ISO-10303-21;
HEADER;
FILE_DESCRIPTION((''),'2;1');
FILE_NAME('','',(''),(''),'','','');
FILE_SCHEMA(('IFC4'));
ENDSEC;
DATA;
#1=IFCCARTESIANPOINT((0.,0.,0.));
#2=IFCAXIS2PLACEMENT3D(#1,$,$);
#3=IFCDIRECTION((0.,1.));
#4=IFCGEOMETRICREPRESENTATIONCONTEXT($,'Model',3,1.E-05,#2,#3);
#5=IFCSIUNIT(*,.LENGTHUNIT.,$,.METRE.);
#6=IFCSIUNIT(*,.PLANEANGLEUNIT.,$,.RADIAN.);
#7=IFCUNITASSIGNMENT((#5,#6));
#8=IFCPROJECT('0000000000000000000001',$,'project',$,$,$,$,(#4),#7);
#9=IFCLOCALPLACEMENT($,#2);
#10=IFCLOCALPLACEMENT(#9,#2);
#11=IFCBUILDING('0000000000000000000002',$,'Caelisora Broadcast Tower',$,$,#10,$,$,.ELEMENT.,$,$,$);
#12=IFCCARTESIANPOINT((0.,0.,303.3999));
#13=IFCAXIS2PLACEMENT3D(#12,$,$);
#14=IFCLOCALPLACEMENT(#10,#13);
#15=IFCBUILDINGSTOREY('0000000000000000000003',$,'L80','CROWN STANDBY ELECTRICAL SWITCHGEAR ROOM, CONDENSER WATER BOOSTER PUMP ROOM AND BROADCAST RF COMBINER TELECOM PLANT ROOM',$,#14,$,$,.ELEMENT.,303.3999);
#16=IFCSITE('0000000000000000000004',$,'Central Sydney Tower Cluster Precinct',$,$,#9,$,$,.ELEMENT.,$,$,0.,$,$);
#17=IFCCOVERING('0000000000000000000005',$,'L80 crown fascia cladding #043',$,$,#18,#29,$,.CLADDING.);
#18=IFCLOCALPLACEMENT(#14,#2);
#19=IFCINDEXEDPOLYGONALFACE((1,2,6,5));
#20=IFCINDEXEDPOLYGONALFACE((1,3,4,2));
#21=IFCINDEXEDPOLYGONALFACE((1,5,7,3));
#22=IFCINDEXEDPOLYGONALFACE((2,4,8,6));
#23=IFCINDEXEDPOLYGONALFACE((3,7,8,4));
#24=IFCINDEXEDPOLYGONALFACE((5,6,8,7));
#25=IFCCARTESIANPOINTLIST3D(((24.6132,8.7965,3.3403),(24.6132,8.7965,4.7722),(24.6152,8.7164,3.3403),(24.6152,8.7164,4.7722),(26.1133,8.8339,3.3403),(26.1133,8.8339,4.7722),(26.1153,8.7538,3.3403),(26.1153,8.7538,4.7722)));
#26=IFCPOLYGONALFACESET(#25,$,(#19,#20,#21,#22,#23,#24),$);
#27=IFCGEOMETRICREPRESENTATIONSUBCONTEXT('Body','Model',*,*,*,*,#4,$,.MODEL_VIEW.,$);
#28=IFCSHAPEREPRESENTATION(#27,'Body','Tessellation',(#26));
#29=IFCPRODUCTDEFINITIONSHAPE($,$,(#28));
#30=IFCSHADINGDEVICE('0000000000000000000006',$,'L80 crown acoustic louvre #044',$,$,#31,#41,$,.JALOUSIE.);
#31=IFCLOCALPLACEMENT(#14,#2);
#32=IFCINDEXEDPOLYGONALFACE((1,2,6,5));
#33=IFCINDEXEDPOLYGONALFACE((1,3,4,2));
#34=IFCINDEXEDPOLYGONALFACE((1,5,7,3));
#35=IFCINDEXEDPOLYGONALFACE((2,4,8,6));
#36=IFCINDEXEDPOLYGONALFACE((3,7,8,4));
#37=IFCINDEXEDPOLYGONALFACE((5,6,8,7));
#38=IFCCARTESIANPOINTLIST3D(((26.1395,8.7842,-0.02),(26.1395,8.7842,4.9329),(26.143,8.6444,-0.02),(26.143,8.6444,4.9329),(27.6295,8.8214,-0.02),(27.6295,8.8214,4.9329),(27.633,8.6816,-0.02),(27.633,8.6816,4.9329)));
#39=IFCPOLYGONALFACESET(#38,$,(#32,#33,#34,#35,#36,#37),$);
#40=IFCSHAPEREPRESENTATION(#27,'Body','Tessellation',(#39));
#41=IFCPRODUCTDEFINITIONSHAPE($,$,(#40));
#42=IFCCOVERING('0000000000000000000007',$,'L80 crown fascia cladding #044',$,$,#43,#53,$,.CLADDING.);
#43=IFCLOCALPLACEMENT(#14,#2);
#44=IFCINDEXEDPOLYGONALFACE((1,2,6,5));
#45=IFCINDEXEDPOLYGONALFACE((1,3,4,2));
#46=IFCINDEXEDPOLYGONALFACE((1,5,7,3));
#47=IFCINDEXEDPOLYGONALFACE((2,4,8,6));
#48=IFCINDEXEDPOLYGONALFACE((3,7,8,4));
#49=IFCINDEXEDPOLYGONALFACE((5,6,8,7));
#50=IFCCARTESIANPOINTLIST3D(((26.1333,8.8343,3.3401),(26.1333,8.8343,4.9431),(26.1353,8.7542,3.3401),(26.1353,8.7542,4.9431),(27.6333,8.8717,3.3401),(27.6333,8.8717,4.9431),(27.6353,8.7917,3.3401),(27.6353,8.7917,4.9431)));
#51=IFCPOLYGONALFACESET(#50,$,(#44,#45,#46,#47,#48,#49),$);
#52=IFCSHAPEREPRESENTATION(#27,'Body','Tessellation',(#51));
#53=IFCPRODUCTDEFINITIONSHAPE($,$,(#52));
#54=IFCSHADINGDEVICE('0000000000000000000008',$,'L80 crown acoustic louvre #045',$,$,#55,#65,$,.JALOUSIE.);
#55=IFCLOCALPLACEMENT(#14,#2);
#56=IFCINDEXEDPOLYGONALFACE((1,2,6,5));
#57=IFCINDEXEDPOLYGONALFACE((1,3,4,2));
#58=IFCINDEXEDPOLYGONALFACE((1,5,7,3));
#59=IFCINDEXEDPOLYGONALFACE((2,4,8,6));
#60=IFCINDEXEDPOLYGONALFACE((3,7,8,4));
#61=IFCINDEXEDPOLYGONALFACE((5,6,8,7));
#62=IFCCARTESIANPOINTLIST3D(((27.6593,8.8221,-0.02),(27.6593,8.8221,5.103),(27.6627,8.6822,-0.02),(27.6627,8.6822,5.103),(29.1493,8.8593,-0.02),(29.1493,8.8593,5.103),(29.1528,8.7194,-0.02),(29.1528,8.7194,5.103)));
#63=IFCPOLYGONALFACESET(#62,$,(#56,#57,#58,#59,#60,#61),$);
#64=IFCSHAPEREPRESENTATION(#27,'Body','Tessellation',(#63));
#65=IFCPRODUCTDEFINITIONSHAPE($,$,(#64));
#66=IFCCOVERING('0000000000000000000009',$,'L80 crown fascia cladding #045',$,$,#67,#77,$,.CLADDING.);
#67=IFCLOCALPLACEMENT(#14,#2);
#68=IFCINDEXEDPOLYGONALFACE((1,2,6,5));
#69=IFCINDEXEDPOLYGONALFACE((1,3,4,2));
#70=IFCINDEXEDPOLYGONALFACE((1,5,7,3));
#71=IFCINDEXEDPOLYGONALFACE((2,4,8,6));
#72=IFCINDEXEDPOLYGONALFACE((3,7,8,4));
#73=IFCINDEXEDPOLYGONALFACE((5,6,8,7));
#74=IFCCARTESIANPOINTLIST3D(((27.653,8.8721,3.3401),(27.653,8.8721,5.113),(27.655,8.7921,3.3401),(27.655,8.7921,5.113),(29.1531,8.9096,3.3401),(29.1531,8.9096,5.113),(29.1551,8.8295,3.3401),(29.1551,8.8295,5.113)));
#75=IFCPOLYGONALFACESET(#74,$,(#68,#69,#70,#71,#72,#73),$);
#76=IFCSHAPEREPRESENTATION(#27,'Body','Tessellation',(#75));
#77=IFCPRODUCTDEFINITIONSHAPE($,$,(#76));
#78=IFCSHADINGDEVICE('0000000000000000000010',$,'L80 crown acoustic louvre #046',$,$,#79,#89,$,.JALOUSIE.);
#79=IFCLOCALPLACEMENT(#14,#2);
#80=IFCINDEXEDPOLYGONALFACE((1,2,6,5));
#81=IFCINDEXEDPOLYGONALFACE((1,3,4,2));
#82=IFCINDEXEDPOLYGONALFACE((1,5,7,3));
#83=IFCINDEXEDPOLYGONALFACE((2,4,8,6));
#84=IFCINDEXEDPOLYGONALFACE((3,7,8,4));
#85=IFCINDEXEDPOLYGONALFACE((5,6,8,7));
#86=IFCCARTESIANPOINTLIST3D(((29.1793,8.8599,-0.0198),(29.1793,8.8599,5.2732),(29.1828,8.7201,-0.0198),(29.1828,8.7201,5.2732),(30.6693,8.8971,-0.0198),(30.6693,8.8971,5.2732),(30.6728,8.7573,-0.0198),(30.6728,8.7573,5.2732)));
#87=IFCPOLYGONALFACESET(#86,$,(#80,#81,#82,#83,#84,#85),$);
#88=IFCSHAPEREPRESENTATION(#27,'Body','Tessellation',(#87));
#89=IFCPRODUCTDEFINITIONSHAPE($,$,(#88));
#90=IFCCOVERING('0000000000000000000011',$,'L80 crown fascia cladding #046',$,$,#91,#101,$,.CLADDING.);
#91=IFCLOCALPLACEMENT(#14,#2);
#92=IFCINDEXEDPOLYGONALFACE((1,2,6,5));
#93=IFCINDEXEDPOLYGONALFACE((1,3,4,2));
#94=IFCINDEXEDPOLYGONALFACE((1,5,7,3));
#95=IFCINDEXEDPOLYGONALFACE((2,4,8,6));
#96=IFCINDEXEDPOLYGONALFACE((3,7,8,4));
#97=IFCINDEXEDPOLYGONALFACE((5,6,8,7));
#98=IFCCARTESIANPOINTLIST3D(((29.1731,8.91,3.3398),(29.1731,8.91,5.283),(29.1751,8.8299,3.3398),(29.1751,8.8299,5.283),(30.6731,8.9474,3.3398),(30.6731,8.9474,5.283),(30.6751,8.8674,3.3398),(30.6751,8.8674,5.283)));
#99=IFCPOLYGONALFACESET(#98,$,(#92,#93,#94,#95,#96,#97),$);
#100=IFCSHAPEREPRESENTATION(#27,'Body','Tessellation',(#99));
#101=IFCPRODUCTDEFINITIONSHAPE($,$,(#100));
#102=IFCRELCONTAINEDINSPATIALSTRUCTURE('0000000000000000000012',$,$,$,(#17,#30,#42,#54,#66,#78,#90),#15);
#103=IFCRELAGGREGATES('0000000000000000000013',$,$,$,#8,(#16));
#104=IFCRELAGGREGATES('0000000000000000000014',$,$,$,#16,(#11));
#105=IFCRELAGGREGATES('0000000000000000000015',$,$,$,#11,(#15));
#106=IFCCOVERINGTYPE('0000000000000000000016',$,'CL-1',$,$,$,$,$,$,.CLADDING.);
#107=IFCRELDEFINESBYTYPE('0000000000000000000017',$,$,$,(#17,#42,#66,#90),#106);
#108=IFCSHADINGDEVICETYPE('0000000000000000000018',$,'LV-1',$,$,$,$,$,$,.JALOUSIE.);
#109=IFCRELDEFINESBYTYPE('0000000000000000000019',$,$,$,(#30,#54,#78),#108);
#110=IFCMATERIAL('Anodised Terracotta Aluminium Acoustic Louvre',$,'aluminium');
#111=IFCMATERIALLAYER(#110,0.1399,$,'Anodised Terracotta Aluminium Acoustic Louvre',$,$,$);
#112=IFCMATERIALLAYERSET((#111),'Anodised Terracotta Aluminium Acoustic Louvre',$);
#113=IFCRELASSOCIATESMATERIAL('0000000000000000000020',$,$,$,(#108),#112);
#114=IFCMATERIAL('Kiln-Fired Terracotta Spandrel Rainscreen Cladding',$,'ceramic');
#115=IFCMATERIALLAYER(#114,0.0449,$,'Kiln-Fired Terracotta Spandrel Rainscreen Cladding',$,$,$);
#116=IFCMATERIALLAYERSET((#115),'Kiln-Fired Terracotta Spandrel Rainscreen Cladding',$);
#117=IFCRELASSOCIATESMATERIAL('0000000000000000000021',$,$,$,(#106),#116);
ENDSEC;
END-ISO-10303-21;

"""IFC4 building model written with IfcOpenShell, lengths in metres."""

from ifc_helpers import new_model, si_unit, direction, frame, origin, origin_2d, place, context, subcontext, project, spatial, rectangle, extrude, source, transform, mapped, material, layer, layer_set, type_object, element, save


model = new_model("IFC4")

# Units and contexts
model_context = context("Model", 3, precision=1e-05, world=origin(), true_north=direction((0.0, 1.0)))
body_context = subcontext(model_context, "Body", "Model", "MODEL_VIEW")
ifc_project = project(units=[si_unit("LENGTHUNIT", "METRE"), si_unit("PLANEANGLEUNIT", "RADIAN")], contexts=[model_context])

# Site, building, storey
site_placement = place(None, origin())
site = spatial("IfcSite", under=ifc_project, at=site_placement, Name="Central Sydney Tower Cluster Precinct", CompositionType="ELEMENT", RefElevation=0.0)
building_placement = place(site_placement, origin())
building = spatial("IfcBuilding", under=site, at=building_placement, Name="Caelisora Broadcast Tower", CompositionType="ELEMENT")
storey_placement = place(building_placement, frame((0.0, 0.0, 303.3999)))
storey = spatial("IfcBuildingStorey", under=building, at=storey_placement, Name="L80", Description="CROWN STANDBY ELECTRICAL SWITCHGEAR ROOM, CONDENSER WATER BOOSTER PUMP ROOM AND BROADCAST RF COMBINER TELECOM PLANT ROOM", CompositionType="ELEMENT", Elevation=303.3999)

# Shared definitions
ifc_material_1 = material(Name="Anodised Terracotta Aluminium Acoustic Louvre", Category="aluminium")
ifc_layer_1 = layer(ifc_material_1, 0.1399, Name="Anodised Terracotta Aluminium Acoustic Louvre")
ifc_layer_set_1 = layer_set([ifc_layer_1], Name="Anodised Terracotta Aluminium Acoustic Louvre")
shading_device_type = type_object("IfcShadingDeviceType", Name="LV-1", PredefinedType="JALOUSIE", material=ifc_layer_set_1)

# Shared definitions
ifc_material_2 = material(Name="Kiln-Fired Terracotta Spandrel Rainscreen Cladding", Category="ceramic")
ifc_layer_2 = layer(ifc_material_2, 0.0449, Name="Kiln-Fired Terracotta Spandrel Rainscreen Cladding")
ifc_layer_set_2 = layer_set([ifc_layer_2], Name="Kiln-Fired Terracotta Spandrel Rainscreen Cladding")
covering_type = type_object("IfcCoveringType", Name="CL-1", PredefinedType="CLADDING", material=ifc_layer_set_2)

# Covering
shared_shape_1 = source(origin(), body_context, "Body", "SweptSolid", [
    extrude(rectangle(XDim=1.5005, YDim=0.0801, at=origin_2d()), origin(), (0.0, 0.0, 1.0), 1.4319),
])
covering_1_placement = place(storey_placement, frame((25.3643, 8.7751, 3.3403), z_axis=(0.0, 0.0, 1.0), x_axis=(0.999689, 0.024956, 0.0)))
element("IfcCovering", 1, at=covering_1_placement, inside=storey, type_object=covering_type, Name="L80 crown fascia cladding #043", PredefinedType="CLADDING", context=body_context, shape_type="MappedRepresentation", body=[
    mapped(shared_shape_1, transform((0.0, 0.0, 0.0), scale=1.0)),
])

# Shading device
shared_shape_2 = source(origin(), body_context, "Body", "SweptSolid", [
    extrude(rectangle(XDim=1.4905, YDim=0.1399, at=origin_2d()), origin(), (0.0, 0.0, 1.0), 4.9529),
])
shading_device_1_placement = place(storey_placement, frame((26.8862, 8.7329, -0.02), z_axis=(0.0, 0.0, 1.0), x_axis=(0.999689, 0.024956, 0.0)))
element("IfcShadingDevice", 2, at=shading_device_1_placement, inside=storey, type_object=shading_device_type, Name="L80 crown acoustic louvre #044", PredefinedType="JALOUSIE", context=body_context, shape_type="MappedRepresentation", body=[
    mapped(shared_shape_2, transform((0.0, 0.0, 0.0), scale=1.0)),
])

# Covering
shared_shape_3 = source(origin(), body_context, "Body", "SweptSolid", [
    extrude(rectangle(XDim=1.5005, YDim=0.0801, at=origin_2d()), origin(), (0.0, 0.0, 1.0), 1.603),
])
covering_2_placement = place(storey_placement, frame((26.8843, 8.813, 3.3401), z_axis=(0.0, 0.0, 1.0), x_axis=(0.999689, 0.024956, 0.0)))
element("IfcCovering", 3, at=covering_2_placement, inside=storey, type_object=covering_type, Name="L80 crown fascia cladding #044", PredefinedType="CLADDING", context=body_context, shape_type="MappedRepresentation", body=[
    mapped(shared_shape_3, transform((0.0, 0.0, 0.0), scale=1.0)),
])

# Shading device
shared_shape_4 = source(origin(), body_context, "Body", "SweptSolid", [
    extrude(rectangle(XDim=1.4905, YDim=0.1399, at=origin_2d()), origin(), (0.0, 0.0, 1.0), 5.123),
])
shading_device_2_placement = place(storey_placement, frame((28.406, 8.7708, -0.02), z_axis=(0.0, 0.0, 1.0), x_axis=(0.999689, 0.024956, 0.0)))
element("IfcShadingDevice", 4, at=shading_device_2_placement, inside=storey, type_object=shading_device_type, Name="L80 crown acoustic louvre #045", PredefinedType="JALOUSIE", context=body_context, shape_type="MappedRepresentation", body=[
    mapped(shared_shape_4, transform((0.0, 0.0, 0.0), scale=1.0)),
])

# Covering
shared_shape_5 = source(origin(), body_context, "Body", "SweptSolid", [
    extrude(rectangle(XDim=1.5005, YDim=0.0801, at=origin_2d()), origin(), (0.0, 0.0, 1.0), 1.7729),
])
covering_3_placement = place(storey_placement, frame((28.4041, 8.8508, 3.3401), z_axis=(0.0, 0.0, 1.0), x_axis=(0.999689, 0.024956, 0.0)))
element("IfcCovering", 5, at=covering_3_placement, inside=storey, type_object=covering_type, Name="L80 crown fascia cladding #045", PredefinedType="CLADDING", context=body_context, shape_type="MappedRepresentation", body=[
    mapped(shared_shape_5, transform((0.0, 0.0, 0.0), scale=1.0)),
])

# Shading device
shared_shape_6 = source(origin(), body_context, "Body", "SweptSolid", [
    extrude(rectangle(XDim=1.4905, YDim=0.1399, at=origin_2d()), origin(), (0.0, 0.0, 1.0), 5.293),
])
shading_device_3_placement = place(storey_placement, frame((29.926, 8.8086, -0.0198), z_axis=(0.0, 0.0, 1.0), x_axis=(0.999689, 0.024956, 0.0)))
element("IfcShadingDevice", 6, at=shading_device_3_placement, inside=storey, type_object=shading_device_type, Name="L80 crown acoustic louvre #046", PredefinedType="JALOUSIE", context=body_context, shape_type="MappedRepresentation", body=[
    mapped(shared_shape_6, transform((0.0, 0.0, 0.0), scale=1.0)),
])

# Covering
shared_shape_7 = source(origin(), body_context, "Body", "SweptSolid", [
    extrude(rectangle(XDim=1.5005, YDim=0.0801, at=origin_2d()), origin(), (0.0, 0.0, 1.0), 1.9431),
])
covering_4_placement = place(storey_placement, frame((29.9241, 8.8887, 3.3398), z_axis=(0.0, 0.0, 1.0), x_axis=(0.999689, 0.024956, 0.0)))
element("IfcCovering", 7, at=covering_4_placement, inside=storey, type_object=covering_type, Name="L80 crown fascia cladding #046", PredefinedType="CLADDING", context=body_context, shape_type="MappedRepresentation", body=[
    mapped(shared_shape_7, transform((0.0, 0.0, 0.0), scale=1.0)),
])

save(model, "model.ifc")
